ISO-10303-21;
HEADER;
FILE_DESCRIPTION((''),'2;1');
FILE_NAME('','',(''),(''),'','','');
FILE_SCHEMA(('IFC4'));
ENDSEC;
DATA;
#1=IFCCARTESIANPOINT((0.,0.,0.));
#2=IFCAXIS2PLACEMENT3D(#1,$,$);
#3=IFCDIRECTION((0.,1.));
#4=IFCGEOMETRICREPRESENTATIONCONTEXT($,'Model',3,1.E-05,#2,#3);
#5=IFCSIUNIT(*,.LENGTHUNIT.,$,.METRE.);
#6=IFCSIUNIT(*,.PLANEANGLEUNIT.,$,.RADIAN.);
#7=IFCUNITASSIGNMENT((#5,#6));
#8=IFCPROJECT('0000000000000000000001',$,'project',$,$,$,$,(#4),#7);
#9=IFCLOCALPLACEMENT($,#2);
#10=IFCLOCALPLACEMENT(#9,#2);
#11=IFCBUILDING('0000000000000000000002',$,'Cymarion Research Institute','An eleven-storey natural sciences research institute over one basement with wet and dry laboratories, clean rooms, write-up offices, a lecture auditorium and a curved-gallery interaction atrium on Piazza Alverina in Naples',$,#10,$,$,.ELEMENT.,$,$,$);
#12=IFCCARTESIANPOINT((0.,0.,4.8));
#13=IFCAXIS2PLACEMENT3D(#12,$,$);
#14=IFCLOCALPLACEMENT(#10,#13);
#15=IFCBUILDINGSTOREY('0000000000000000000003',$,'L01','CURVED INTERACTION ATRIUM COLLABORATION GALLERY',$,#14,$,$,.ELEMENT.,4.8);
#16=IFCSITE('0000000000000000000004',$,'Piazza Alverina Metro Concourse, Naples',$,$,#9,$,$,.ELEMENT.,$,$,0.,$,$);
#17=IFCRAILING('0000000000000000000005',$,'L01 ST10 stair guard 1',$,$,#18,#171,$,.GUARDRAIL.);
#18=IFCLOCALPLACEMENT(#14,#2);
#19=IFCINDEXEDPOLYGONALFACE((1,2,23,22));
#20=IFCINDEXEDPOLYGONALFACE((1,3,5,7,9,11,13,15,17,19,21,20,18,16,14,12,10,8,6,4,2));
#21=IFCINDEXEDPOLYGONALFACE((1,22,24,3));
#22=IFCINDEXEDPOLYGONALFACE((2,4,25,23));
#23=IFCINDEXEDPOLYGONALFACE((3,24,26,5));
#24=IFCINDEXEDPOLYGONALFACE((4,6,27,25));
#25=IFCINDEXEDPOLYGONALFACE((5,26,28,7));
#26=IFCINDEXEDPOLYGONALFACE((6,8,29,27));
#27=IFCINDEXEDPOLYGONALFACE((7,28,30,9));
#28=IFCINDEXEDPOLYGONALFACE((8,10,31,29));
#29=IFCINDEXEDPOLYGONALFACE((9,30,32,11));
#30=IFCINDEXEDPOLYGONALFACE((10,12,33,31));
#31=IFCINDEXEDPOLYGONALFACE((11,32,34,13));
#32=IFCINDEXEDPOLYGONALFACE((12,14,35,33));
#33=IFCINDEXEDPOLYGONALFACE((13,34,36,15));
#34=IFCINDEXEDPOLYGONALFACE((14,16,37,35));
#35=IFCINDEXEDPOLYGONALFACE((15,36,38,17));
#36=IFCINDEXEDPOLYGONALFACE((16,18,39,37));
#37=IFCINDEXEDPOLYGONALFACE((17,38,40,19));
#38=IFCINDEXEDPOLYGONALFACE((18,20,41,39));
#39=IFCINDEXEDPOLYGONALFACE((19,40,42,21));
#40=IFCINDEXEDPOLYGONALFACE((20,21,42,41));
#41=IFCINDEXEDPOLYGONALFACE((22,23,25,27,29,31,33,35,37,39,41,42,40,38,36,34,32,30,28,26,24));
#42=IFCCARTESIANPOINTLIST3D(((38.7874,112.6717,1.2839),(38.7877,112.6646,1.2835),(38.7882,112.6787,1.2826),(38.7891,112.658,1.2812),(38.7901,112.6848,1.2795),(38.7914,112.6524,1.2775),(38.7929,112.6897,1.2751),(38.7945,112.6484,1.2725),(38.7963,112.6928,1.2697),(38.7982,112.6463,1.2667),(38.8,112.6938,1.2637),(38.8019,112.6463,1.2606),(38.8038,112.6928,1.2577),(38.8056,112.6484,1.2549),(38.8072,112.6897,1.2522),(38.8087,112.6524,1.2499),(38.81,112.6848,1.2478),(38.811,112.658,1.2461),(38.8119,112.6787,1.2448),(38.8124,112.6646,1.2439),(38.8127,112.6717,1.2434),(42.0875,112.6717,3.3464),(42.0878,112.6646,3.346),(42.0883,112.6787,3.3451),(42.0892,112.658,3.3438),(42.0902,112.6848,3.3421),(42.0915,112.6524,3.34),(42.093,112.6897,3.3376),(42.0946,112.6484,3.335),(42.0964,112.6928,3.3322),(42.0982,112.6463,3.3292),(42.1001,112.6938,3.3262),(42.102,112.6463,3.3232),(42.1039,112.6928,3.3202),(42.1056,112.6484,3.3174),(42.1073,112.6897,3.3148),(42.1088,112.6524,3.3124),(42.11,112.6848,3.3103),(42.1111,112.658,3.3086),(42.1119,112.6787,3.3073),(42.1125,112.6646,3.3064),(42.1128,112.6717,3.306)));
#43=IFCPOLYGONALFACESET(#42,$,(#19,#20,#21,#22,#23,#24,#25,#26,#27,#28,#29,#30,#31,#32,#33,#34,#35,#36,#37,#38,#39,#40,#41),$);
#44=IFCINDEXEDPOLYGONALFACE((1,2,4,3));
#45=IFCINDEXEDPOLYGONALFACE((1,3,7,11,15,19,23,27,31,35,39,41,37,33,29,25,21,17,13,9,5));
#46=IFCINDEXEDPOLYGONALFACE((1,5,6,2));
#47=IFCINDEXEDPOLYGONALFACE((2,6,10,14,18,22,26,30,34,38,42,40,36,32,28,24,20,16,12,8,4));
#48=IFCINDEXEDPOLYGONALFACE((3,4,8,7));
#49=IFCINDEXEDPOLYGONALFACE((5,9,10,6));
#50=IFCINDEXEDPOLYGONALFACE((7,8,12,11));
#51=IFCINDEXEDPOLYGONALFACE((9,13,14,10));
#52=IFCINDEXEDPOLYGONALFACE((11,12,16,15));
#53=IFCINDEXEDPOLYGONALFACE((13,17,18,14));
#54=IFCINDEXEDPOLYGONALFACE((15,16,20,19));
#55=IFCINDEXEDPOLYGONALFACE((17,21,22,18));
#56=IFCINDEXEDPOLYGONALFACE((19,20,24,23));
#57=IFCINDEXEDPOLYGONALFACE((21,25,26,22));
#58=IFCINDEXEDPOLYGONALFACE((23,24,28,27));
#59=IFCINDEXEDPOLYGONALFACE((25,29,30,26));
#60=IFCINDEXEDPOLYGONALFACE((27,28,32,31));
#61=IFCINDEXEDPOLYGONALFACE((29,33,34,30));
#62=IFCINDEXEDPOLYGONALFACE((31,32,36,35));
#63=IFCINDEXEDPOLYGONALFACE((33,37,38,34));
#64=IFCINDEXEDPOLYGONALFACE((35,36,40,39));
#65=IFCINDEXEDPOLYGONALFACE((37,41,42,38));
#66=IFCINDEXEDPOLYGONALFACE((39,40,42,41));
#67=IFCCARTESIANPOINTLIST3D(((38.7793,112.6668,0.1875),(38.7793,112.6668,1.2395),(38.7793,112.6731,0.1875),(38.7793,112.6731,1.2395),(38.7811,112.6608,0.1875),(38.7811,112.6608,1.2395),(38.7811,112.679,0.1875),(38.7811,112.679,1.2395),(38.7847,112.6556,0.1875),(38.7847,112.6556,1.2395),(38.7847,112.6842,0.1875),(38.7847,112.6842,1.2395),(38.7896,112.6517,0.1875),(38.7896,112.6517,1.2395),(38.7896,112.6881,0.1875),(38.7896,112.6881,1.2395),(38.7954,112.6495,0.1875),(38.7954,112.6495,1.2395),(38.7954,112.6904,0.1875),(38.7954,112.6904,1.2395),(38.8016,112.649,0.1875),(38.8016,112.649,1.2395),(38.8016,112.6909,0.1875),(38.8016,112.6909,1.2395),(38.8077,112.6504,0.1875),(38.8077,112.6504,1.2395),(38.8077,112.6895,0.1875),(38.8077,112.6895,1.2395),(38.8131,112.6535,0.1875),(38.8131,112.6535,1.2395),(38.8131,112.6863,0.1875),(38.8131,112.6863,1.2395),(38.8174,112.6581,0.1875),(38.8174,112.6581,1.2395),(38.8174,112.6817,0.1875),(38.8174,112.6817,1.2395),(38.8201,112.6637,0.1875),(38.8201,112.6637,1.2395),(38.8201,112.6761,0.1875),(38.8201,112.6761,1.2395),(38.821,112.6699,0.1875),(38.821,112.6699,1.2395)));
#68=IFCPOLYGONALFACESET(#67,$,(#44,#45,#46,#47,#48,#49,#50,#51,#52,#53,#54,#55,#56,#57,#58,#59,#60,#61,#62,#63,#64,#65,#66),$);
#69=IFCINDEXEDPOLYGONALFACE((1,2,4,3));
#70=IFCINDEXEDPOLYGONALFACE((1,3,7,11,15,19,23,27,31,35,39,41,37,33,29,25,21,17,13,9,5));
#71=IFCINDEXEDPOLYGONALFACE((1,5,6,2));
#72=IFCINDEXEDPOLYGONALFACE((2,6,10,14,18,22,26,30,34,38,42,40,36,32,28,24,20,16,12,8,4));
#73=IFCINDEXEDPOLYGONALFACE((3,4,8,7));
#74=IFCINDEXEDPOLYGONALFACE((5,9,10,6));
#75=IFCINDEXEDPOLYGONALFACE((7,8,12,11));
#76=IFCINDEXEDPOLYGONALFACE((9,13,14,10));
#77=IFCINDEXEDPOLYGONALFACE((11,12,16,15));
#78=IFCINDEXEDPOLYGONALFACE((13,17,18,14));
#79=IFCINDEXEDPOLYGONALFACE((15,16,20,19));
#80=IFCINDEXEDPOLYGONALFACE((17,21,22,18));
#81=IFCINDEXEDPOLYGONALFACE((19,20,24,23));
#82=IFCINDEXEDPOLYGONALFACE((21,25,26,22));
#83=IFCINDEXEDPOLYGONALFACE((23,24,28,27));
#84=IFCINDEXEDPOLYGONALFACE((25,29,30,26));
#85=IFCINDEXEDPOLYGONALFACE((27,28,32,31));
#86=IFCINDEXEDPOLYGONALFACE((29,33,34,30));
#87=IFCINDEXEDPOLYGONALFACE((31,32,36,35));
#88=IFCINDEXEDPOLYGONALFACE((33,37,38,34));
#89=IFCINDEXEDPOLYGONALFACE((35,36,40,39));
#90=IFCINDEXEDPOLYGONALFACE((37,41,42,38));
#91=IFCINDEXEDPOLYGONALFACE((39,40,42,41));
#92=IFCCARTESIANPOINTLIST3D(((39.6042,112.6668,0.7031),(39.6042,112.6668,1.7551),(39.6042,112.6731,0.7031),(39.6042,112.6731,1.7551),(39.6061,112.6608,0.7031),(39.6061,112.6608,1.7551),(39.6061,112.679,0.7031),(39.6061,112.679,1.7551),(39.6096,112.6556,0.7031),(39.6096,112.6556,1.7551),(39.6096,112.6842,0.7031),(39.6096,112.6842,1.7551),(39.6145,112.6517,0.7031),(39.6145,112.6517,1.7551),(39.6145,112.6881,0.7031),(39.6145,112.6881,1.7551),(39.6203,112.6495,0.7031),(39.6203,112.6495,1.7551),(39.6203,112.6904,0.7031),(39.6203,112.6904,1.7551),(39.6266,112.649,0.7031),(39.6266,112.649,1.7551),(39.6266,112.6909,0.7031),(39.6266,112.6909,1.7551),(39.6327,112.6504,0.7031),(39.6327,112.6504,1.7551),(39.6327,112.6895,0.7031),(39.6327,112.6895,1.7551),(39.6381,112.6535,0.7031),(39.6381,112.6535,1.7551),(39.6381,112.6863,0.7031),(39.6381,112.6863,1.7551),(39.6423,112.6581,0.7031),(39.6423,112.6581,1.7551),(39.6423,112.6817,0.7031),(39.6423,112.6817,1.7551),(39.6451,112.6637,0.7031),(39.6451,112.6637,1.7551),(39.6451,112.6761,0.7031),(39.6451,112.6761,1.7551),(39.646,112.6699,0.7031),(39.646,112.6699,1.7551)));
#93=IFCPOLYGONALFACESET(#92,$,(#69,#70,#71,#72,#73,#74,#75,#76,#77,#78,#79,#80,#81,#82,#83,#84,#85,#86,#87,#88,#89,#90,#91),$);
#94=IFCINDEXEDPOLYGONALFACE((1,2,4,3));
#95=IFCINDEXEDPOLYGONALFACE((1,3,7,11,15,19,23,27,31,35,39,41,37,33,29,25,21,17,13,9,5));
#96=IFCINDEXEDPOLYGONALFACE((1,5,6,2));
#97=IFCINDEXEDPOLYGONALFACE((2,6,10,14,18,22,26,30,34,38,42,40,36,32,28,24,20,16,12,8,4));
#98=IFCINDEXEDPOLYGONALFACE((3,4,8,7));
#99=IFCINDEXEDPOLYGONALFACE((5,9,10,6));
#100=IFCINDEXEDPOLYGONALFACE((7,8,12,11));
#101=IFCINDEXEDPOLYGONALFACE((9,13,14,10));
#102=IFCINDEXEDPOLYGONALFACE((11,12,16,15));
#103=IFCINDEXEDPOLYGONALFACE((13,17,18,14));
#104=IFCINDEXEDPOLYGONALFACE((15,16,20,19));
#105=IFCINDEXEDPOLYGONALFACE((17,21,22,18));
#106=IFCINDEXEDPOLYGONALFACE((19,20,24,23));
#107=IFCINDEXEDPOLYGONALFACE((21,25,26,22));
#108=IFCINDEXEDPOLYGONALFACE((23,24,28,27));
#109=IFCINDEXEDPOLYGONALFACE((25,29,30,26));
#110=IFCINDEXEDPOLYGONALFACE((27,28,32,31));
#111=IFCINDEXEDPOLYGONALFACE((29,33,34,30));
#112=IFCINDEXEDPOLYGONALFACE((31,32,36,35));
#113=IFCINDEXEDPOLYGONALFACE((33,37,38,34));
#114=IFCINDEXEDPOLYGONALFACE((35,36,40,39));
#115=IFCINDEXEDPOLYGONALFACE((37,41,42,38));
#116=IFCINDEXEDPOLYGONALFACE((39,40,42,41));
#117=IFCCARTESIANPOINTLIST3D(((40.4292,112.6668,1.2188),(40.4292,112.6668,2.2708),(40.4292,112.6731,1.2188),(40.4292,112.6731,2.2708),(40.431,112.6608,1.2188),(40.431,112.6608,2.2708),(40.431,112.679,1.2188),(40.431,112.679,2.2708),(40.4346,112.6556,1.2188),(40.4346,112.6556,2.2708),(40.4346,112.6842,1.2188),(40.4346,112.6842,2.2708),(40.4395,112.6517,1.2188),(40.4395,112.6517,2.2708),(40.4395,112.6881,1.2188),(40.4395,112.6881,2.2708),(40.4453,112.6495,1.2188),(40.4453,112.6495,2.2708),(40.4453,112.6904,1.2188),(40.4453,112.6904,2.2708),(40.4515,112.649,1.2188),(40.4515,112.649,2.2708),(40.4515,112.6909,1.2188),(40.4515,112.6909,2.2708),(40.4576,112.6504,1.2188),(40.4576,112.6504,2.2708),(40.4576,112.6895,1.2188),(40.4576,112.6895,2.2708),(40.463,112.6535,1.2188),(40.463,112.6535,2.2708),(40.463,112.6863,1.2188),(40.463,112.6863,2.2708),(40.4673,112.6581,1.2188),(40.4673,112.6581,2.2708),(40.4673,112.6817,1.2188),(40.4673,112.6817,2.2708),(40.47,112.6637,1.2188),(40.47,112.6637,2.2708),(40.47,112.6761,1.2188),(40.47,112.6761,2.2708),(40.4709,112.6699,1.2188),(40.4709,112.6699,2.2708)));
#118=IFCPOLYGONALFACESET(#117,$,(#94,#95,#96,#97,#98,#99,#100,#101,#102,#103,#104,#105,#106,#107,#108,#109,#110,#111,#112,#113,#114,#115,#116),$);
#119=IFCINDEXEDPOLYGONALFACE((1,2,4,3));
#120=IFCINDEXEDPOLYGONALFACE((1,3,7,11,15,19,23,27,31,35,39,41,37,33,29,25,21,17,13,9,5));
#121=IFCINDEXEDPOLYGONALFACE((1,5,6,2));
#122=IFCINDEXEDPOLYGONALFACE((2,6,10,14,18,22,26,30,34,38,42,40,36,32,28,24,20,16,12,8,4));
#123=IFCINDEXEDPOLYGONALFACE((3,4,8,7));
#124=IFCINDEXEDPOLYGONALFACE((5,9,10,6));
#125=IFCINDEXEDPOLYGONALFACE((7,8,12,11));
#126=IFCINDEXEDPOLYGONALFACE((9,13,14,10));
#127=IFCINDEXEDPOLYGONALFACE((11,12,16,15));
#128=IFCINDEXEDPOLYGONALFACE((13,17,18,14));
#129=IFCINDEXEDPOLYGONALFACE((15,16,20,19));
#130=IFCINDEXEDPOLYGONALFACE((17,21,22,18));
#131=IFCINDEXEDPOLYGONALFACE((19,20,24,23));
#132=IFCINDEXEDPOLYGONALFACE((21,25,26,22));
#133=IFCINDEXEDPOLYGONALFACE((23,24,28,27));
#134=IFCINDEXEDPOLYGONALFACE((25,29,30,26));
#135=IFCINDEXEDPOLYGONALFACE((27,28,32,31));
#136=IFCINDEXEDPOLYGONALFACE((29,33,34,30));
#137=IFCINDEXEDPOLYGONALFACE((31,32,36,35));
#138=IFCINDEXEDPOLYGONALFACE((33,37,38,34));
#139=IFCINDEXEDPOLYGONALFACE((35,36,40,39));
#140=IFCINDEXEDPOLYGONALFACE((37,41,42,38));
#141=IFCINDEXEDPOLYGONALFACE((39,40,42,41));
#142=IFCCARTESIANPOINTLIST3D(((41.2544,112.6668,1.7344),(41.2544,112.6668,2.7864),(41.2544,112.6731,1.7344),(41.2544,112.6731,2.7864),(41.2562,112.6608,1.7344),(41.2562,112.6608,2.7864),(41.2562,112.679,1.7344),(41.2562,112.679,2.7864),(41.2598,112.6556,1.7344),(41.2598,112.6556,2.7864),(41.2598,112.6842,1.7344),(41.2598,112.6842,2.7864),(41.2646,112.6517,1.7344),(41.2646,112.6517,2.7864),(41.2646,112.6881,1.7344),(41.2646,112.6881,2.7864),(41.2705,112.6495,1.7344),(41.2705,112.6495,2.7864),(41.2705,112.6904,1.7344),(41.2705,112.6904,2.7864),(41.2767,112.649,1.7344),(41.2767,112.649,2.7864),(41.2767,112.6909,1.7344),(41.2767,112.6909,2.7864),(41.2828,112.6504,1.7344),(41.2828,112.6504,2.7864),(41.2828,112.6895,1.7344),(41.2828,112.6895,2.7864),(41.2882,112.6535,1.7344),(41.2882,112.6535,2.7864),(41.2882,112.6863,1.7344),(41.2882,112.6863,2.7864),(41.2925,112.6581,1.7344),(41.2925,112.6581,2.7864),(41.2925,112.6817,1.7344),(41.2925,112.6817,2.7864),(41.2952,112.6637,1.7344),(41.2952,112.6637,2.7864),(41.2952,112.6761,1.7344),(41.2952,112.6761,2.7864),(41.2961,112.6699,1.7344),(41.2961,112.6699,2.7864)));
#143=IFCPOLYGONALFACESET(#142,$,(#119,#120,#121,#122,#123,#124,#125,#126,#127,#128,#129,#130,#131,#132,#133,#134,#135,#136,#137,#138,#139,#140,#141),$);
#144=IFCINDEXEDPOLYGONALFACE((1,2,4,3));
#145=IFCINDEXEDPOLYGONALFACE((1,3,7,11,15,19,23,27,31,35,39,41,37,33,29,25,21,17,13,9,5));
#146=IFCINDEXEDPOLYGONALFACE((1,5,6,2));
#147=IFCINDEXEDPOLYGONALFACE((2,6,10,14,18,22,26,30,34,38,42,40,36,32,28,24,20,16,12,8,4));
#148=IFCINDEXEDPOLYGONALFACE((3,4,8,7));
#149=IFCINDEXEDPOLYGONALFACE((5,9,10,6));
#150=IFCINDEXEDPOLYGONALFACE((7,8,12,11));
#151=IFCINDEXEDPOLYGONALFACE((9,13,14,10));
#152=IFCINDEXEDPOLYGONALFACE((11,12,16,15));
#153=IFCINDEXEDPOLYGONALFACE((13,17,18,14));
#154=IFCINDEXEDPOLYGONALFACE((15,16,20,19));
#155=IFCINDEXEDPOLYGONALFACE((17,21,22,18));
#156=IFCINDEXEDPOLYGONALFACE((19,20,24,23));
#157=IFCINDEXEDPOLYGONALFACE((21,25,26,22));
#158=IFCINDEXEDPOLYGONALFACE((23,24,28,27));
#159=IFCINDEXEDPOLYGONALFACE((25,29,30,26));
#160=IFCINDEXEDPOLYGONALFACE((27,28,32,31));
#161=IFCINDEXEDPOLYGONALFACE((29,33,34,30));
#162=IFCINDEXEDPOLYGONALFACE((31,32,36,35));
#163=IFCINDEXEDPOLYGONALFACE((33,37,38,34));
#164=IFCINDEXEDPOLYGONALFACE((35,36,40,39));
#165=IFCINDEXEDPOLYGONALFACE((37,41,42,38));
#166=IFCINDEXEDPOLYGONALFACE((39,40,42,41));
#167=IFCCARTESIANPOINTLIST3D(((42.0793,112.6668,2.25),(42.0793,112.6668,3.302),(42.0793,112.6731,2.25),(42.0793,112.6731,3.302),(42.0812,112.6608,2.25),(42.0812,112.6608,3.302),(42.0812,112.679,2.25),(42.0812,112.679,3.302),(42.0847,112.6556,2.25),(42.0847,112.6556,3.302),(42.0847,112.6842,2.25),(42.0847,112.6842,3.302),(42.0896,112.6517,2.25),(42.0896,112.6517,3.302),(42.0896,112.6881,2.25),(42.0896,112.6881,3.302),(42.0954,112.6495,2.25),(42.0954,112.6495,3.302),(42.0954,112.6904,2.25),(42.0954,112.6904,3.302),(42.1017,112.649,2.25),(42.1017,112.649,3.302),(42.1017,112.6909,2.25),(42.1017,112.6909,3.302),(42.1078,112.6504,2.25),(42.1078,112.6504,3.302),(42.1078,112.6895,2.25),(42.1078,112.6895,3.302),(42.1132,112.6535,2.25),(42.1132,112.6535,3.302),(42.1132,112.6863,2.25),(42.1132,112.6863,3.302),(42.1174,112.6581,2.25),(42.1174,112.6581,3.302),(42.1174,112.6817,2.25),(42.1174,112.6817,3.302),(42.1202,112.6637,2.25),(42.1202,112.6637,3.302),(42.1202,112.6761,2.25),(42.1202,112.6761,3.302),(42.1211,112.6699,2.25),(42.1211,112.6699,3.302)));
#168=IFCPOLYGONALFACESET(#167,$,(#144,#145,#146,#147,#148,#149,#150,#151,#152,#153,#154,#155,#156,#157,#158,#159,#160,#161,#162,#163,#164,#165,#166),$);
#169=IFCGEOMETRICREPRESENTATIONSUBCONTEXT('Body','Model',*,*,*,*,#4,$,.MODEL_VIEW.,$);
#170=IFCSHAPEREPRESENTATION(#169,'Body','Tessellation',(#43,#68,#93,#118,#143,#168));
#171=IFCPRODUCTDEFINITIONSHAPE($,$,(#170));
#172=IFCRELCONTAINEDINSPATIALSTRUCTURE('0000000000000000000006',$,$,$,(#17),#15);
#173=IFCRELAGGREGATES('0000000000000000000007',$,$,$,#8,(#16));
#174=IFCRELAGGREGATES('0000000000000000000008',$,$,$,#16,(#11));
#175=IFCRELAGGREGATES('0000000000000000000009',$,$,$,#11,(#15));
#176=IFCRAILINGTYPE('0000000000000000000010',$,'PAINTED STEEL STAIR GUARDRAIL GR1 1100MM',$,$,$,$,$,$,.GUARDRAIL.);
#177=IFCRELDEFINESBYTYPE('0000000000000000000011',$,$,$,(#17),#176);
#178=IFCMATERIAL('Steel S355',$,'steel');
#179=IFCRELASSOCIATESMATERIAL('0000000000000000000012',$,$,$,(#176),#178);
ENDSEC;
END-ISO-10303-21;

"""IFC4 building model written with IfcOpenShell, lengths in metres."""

from ifc_helpers import new_model, si_unit, direction, frame, origin, origin_2d, place, context, subcontext, project, spatial, circle, extrude, material, type_object, element, save


model = new_model("IFC4")

# Units and contexts
model_context = context("Model", 3, precision=1e-05, world=origin(), true_north=direction((0.0, 1.0)))
body_context = subcontext(model_context, "Body", "Model", "MODEL_VIEW")
ifc_project = project(units=[si_unit("LENGTHUNIT", "METRE"), si_unit("PLANEANGLEUNIT", "RADIAN")], contexts=[model_context])

# Site, building, storey
site_placement = place(None, origin())
site = spatial("IfcSite", under=ifc_project, at=site_placement, Name="Piazza Alverina Metro Concourse, Naples", CompositionType="ELEMENT", RefElevation=0.0)
building_placement = place(site_placement, origin())
building = spatial("IfcBuilding", under=site, at=building_placement, Name="Cymarion Research Institute", Description="An eleven-storey natural sciences research institute over one basement with wet and dry laboratories, clean rooms, write-up offices, a lecture auditorium and a curved-gallery interaction atrium on Piazza Alverina in Naples", CompositionType="ELEMENT")
storey_placement = place(building_placement, frame((0.0, 0.0, 4.8)))
storey = spatial("IfcBuildingStorey", under=building, at=storey_placement, Name="L01", Description="CURVED INTERACTION ATRIUM COLLABORATION GALLERY", CompositionType="ELEMENT", Elevation=4.8)

# Shared definitions
ifc_material_1 = material(Name="Steel S355", Category="steel")

# Railing
railing_type_1 = type_object("IfcRailingType", Name="PAINTED STEEL STAIR GUARDRAIL GR1 1100MM", PredefinedType="GUARDRAIL", material=ifc_material_1)
railing_1_placement = place(storey_placement, frame((38.8, 112.6699, 0.1875)))
element("IfcRailing", 1, at=railing_1_placement, inside=storey, type_object=railing_type_1, Name="L01 ST10 stair guard 1", PredefinedType="GUARDRAIL", context=body_context, shape_type="SweptSolid", body=[
    extrude(circle(Radius=0.0239, at=origin_2d()), frame((0.0, 0.0, 1.0762), z_axis=(0.848002, 0.0, 0.529993), x_axis=(0.0, 1.0, 0.0)), (0.0, 0.0, 1.0), 3.8916),
    extrude(circle(Radius=0.021, at=origin_2d()), origin(), (0.0, 0.0, 1.0), 1.052),
    extrude(circle(Radius=0.021, at=origin_2d()), frame((0.825, 0.0, 0.5156)), (0.0, 0.0, 1.0), 1.052),
    extrude(circle(Radius=0.021, at=origin_2d()), frame((1.6499, 0.0, 1.0312)), (0.0, 0.0, 1.0), 1.052),
    extrude(circle(Radius=0.021, at=origin_2d()), frame((2.4751, 0.0, 1.5469)), (0.0, 0.0, 1.0), 1.052),
    extrude(circle(Radius=0.021, at=origin_2d()), frame((3.3, 0.0, 2.0625)), (0.0, 0.0, 1.0), 1.052),
])

save(model, "model.ifc")
